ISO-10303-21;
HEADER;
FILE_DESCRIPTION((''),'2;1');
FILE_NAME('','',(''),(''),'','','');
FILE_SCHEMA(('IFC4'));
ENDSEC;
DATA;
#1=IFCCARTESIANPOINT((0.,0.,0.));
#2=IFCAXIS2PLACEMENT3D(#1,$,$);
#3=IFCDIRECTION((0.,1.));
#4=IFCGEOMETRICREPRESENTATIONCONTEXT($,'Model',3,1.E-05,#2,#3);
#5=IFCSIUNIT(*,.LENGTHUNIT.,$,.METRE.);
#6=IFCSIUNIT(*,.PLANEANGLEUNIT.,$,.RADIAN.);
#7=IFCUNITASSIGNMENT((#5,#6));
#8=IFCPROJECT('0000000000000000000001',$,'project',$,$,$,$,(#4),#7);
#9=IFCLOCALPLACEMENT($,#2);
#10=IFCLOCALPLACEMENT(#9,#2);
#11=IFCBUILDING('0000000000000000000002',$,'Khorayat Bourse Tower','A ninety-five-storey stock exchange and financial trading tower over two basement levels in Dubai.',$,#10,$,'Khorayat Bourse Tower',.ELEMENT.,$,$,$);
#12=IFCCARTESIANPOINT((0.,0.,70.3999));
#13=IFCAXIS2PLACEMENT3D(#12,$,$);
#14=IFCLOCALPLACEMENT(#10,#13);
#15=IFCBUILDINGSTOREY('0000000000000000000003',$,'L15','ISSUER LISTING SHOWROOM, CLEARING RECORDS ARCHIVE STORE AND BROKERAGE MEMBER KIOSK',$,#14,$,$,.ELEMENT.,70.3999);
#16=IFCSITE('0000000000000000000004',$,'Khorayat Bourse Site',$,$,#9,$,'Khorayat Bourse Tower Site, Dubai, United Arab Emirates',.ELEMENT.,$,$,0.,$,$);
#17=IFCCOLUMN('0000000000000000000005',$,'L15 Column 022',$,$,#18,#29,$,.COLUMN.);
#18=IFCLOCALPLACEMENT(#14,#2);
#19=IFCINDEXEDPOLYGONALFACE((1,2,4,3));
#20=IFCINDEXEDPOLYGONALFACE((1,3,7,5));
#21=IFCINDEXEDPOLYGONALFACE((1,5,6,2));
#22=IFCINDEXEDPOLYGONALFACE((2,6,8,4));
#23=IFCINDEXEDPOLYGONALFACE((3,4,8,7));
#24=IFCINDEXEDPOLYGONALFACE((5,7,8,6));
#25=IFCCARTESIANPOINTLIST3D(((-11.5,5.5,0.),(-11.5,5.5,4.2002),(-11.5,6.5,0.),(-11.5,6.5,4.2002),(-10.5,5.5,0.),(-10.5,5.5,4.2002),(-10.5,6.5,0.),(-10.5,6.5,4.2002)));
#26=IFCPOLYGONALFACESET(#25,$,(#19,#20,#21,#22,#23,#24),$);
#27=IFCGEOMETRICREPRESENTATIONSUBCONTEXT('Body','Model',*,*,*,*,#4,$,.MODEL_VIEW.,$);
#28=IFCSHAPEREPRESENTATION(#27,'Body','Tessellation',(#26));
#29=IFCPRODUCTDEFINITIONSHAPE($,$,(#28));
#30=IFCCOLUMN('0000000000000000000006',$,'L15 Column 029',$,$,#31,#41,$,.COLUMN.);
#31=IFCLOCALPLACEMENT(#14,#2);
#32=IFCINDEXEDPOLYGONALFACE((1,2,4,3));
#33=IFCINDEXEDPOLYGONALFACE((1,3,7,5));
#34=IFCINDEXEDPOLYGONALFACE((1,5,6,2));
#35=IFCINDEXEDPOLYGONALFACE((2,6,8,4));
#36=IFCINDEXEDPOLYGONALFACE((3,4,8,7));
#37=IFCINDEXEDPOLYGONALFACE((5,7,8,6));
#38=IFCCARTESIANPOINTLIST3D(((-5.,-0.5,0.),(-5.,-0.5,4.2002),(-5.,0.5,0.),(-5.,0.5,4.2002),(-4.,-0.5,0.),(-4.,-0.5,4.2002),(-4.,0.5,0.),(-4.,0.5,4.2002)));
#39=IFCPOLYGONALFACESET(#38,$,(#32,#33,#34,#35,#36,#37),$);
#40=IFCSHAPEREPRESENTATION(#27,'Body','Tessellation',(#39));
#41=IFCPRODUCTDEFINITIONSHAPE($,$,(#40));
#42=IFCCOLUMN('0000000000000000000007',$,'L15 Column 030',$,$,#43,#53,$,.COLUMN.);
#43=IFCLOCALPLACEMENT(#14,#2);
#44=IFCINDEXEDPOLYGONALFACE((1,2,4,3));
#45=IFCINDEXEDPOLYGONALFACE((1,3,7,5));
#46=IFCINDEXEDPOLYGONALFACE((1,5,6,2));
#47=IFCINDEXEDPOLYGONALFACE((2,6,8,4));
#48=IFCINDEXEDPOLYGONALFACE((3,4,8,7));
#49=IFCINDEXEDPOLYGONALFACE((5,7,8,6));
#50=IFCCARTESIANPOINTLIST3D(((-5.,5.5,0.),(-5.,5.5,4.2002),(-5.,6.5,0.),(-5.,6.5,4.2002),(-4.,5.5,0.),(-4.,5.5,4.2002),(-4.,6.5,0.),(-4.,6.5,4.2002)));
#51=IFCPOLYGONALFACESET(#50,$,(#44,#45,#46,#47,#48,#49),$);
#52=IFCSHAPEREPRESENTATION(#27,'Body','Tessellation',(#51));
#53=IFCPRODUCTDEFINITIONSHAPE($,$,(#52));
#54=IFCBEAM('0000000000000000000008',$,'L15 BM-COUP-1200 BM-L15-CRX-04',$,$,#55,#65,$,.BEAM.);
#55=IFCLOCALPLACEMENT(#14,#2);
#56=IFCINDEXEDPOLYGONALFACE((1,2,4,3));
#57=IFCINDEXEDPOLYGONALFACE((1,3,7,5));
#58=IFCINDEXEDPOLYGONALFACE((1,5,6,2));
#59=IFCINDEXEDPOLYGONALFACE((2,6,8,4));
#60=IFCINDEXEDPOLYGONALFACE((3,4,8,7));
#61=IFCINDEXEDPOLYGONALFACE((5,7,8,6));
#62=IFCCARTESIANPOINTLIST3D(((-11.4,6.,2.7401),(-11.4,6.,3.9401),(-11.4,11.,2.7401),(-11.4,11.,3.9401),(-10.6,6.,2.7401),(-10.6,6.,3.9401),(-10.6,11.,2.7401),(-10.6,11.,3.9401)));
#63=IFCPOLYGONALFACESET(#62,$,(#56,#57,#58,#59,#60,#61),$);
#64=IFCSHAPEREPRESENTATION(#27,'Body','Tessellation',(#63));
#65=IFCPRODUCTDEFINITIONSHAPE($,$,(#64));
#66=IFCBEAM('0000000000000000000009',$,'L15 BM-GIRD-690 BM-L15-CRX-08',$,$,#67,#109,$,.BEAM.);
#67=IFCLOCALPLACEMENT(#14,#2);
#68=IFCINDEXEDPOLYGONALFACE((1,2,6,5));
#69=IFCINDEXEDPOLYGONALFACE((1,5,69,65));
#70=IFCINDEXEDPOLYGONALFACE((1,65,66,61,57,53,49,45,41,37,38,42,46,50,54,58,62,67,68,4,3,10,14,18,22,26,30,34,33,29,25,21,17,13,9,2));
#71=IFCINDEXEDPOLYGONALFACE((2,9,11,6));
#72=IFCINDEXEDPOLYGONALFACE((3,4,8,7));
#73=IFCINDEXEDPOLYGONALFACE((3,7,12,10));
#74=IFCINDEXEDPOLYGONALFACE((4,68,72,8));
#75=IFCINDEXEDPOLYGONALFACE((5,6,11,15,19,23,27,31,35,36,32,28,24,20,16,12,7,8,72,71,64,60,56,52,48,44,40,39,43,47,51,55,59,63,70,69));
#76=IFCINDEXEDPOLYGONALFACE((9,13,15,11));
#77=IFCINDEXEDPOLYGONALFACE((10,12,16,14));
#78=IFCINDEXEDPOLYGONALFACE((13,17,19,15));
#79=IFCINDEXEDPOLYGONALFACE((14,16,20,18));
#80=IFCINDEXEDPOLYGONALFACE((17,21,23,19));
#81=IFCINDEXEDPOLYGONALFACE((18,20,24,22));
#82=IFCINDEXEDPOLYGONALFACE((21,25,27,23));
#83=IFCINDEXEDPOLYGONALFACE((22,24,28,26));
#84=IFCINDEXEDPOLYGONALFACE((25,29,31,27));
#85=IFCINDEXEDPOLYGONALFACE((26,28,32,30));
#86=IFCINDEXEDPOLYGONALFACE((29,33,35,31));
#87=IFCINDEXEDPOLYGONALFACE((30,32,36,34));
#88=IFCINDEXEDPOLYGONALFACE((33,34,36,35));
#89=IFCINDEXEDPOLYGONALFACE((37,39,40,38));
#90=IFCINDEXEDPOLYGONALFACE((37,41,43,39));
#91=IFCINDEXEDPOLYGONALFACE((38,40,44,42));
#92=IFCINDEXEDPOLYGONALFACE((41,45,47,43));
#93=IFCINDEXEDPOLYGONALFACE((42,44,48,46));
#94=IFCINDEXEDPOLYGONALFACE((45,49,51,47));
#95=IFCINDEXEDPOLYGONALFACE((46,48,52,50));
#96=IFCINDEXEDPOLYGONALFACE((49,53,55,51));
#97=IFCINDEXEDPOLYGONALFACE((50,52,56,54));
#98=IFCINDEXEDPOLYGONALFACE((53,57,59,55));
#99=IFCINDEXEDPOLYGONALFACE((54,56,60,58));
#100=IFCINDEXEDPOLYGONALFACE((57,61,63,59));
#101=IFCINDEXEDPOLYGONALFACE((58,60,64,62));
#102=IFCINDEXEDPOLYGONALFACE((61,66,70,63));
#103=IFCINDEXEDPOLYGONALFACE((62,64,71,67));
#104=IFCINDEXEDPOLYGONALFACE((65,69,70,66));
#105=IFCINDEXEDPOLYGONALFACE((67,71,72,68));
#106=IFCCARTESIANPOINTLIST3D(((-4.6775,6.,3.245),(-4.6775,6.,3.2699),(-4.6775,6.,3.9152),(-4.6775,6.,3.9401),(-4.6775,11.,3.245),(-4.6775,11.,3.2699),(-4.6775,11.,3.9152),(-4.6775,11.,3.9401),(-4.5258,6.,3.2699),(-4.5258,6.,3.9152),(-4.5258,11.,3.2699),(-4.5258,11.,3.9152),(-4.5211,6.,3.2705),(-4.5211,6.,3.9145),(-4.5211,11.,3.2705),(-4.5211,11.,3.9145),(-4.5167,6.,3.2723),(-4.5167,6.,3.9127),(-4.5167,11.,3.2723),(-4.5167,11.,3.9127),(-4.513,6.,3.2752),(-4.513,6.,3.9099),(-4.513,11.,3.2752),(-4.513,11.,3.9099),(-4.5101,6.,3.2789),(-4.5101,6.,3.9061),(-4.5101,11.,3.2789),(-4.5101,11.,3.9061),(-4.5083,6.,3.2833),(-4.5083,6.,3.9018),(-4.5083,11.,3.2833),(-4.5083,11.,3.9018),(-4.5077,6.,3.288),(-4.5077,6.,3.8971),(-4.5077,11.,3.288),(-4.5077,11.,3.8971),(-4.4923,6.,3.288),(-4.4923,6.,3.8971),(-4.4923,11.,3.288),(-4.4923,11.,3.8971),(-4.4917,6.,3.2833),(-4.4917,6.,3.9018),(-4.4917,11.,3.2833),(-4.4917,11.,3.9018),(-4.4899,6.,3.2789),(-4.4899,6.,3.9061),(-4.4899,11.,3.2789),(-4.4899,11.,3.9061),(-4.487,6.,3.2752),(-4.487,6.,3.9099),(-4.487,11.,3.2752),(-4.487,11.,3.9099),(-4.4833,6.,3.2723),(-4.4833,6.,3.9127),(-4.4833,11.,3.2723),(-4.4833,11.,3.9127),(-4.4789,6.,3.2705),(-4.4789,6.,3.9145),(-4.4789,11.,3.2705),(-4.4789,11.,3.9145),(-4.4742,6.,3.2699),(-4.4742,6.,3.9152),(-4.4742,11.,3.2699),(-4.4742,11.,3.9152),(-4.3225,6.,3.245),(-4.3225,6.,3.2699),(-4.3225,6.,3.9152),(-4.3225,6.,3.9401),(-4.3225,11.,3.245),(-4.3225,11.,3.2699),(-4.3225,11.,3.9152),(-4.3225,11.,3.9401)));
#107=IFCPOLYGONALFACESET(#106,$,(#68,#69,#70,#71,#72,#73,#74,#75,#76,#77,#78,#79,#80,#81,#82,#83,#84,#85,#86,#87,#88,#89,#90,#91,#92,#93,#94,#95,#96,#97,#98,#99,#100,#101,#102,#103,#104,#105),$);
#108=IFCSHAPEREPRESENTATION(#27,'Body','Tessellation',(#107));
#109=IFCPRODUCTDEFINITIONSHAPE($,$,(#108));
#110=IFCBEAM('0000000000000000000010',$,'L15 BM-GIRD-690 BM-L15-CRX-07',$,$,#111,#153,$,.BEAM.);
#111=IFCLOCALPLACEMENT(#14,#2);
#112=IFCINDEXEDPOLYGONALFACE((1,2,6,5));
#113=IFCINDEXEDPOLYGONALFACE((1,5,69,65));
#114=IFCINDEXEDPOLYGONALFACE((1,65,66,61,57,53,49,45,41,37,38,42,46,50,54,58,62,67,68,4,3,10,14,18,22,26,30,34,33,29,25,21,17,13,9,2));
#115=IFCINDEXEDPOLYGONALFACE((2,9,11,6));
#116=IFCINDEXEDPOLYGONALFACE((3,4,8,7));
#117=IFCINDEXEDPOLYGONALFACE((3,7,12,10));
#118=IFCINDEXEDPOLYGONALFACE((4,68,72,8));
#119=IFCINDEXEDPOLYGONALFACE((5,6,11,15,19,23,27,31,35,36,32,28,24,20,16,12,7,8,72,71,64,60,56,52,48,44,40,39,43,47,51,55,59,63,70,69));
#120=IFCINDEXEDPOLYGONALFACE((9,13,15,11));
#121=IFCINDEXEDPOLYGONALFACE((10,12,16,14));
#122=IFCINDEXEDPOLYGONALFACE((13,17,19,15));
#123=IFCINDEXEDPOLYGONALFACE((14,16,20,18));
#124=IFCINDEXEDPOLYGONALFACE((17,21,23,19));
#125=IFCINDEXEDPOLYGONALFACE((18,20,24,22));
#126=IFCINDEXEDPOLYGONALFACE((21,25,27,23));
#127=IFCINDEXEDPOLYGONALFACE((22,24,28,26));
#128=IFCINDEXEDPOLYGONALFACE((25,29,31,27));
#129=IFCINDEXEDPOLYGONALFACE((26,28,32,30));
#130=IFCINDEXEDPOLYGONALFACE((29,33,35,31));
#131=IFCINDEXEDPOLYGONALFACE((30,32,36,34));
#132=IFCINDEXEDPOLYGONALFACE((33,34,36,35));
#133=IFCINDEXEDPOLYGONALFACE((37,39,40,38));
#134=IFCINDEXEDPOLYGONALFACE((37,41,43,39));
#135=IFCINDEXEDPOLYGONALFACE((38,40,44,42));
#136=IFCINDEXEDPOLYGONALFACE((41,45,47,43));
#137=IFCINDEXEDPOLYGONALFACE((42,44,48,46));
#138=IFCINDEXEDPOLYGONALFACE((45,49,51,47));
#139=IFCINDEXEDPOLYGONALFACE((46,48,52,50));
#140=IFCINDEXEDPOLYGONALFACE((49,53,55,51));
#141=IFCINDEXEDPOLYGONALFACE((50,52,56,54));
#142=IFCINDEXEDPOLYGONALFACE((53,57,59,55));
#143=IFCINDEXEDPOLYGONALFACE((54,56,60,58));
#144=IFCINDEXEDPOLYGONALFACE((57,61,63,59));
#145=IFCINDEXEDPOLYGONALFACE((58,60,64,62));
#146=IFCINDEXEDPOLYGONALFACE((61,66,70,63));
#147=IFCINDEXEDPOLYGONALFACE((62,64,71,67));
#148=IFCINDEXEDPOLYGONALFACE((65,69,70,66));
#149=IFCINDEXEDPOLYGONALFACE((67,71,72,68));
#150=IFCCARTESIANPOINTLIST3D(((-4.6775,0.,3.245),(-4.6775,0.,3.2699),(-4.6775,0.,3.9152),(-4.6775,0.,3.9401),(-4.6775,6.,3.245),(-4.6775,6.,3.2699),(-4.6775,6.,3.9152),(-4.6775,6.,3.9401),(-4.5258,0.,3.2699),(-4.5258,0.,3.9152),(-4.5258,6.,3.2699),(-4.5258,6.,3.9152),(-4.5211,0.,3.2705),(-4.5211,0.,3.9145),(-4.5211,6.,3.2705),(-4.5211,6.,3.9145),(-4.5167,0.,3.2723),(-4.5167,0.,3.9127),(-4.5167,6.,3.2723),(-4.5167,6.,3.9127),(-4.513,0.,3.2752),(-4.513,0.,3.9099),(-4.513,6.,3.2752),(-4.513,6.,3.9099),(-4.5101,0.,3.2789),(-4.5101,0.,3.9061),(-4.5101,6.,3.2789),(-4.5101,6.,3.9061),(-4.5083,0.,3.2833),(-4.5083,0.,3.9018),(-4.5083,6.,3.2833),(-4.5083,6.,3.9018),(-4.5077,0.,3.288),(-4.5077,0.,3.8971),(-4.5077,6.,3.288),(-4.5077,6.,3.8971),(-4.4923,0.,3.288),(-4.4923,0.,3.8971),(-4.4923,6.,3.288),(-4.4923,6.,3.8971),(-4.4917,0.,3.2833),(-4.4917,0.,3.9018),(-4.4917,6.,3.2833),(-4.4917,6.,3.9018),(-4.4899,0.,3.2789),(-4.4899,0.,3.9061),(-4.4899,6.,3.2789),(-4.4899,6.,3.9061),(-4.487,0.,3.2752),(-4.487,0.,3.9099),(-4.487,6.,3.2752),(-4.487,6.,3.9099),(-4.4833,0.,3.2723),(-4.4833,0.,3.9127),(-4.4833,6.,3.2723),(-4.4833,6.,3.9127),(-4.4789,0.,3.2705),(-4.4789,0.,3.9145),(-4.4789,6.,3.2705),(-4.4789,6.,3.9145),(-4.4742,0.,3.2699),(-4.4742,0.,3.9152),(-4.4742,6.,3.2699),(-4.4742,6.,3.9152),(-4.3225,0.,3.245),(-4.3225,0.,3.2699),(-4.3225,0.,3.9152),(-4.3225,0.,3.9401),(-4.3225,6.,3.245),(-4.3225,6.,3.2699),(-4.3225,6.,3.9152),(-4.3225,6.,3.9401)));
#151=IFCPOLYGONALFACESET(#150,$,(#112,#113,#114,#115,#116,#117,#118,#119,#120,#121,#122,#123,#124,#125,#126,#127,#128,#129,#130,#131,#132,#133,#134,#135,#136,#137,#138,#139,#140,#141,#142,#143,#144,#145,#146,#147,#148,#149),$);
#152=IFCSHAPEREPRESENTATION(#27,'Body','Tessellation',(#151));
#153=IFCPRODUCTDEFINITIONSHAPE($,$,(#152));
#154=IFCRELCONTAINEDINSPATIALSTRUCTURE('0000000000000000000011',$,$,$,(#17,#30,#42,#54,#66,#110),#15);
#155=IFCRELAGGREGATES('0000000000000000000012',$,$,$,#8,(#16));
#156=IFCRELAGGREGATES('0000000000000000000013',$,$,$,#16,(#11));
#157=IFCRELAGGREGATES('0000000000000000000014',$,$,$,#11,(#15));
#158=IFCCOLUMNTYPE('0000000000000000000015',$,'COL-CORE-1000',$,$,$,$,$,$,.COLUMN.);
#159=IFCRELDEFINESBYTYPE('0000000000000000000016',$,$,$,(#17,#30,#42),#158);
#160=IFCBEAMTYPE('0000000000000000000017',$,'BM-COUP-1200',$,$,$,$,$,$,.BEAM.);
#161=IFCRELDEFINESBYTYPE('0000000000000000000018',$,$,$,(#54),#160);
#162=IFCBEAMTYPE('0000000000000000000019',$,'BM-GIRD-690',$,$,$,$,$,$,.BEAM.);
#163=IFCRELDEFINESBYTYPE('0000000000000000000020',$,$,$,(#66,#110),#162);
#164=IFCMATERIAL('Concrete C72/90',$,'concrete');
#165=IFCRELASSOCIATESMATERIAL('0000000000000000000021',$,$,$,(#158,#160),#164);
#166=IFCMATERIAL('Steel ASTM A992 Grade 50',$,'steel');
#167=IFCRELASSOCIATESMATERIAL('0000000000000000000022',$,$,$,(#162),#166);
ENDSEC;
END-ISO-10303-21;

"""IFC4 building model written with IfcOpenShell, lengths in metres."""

from ifc_helpers import new_model, si_unit, direction, frame, origin, origin_2d, place, context, subcontext, project, spatial, rectangle, i_section, extrude, source, transform, mapped, material, material_profile, profile_set, type_object, element, save


model = new_model("IFC4")

# Units and contexts
model_context = context("Model", 3, precision=1e-05, world=origin(), true_north=direction((0.0, 1.0)))
body_context = subcontext(model_context, "Body", "Model", "MODEL_VIEW")
ifc_project = project(units=[si_unit("LENGTHUNIT", "METRE"), si_unit("PLANEANGLEUNIT", "RADIAN")], contexts=[model_context])

# Site, building, storey
site_placement = place(None, origin())
site = spatial("IfcSite", under=ifc_project, at=site_placement, Name="Khorayat Bourse Site", LongName="Khorayat Bourse Tower Site, Dubai, United Arab Emirates", CompositionType="ELEMENT", RefElevation=0.0)
building_placement = place(site_placement, origin())
building = spatial("IfcBuilding", under=site, at=building_placement, Name="Khorayat Bourse Tower", Description="A ninety-five-storey stock exchange and financial trading tower over two basement levels in Dubai.", LongName="Khorayat Bourse Tower", CompositionType="ELEMENT")
storey_placement = place(building_placement, frame((0.0, 0.0, 70.3999)))
storey = spatial("IfcBuildingStorey", under=building, at=storey_placement, Name="L15", Description="ISSUER LISTING SHOWROOM, CLEARING RECORDS ARCHIVE STORE AND BROKERAGE MEMBER KIOSK", CompositionType="ELEMENT", Elevation=70.3999)

# Columns
ifc_material_1 = material(Name="Concrete C72/90", Category="concrete")
ifc_material_profile_1 = material_profile(ifc_material_1, rectangle(XDim=1.0, YDim=1.0, at=origin_2d()), Name="RC 1000x1000")
ifc_profile_set_1 = profile_set([ifc_material_profile_1], Name="Concrete C72/90")
column_type = type_object("IfcColumnType", Name="COL-CORE-1000", PredefinedType="COLUMN", material=ifc_profile_set_1)
shared_shape_1 = source(origin(), body_context, "Body", "SweptSolid", [
    extrude(rectangle(XDim=1.0, YDim=1.0, at=origin_2d()), origin(), (0.0, 0.0, 1.0), 4.2002),
])
for number, where, z_axis, x_axis, name in (
    (1, (-11.0, 6.0, 0.0), (0.0, 0.0, 1.0), (1.0, 0.0, 0.0), "L15 Column 022"),
    (2, (-4.5, 0.0, 0.0), (0.0, 0.0, 1.0), (1.0, 0.0, 0.0), "L15 Column 029"),
    (3, (-4.5, 6.0, 0.0), (0.0, 0.0, 1.0), (1.0, 0.0, 0.0), "L15 Column 030"),
):
    element("IfcColumn", number, at=place(storey_placement, frame(where, z_axis=z_axis, x_axis=x_axis)), inside=storey, type_object=column_type, Name=name, PredefinedType="COLUMN", context=body_context, shape_type="MappedRepresentation", body=[
        mapped(shared_shape_1, transform((0.0, 0.0, 0.0), scale=1.0)),
    ])

# Beams
ifc_material_profile_2 = material_profile(ifc_material_1, rectangle(XDim=0.8, YDim=1.2, at=origin_2d()), Name="RC 800x1200")
ifc_profile_set_2 = profile_set([ifc_material_profile_2], Name="Concrete C72/90")
beam_type_1 = type_object("IfcBeamType", Name="BM-COUP-1200", PredefinedType="BEAM", material=ifc_profile_set_2)
shared_shape_2 = source(origin(), body_context, "Body", "SweptSolid", [
    extrude(rectangle(XDim=0.8, YDim=1.2, at=origin_2d()), origin(), (0.0, 0.0, 1.0), 5.0),
])
beam_1_placement = place(storey_placement, frame((-11.0, 6.0, 3.3401), z_axis=(0.0, 1.0, 0.0), x_axis=(-1.0, 0.0, 0.0)))
element("IfcBeam", 4, at=beam_1_placement, inside=storey, type_object=beam_type_1, Name="L15 BM-COUP-1200 BM-L15-CRX-04", PredefinedType="BEAM", context=body_context, shape_type="MappedRepresentation", body=[
    mapped(shared_shape_2, transform((0.0, 0.0, 0.0), scale=1.0)),
])
ifc_material_2 = material(Name="Steel ASTM A992 Grade 50", Category="steel")
ifc_material_profile_3 = material_profile(ifc_material_2, i_section(OverallWidth=0.355, OverallDepth=0.6951, WebThickness=0.0154, FlangeThickness=0.0249, FilletRadius=0.0181, at=origin_2d()), Name="W690X217")
ifc_profile_set_3 = profile_set([ifc_material_profile_3], Name="Steel ASTM A992 Grade 50")
beam_type_2 = type_object("IfcBeamType", Name="BM-GIRD-690", PredefinedType="BEAM", material=ifc_profile_set_3)
shared_shape_3 = source(origin(), body_context, "Body", "SweptSolid", [
    extrude(i_section(OverallWidth=0.355, OverallDepth=0.6951, WebThickness=0.0154, FlangeThickness=0.0249, FilletRadius=0.0181, at=origin_2d()), origin(), (0.0, 0.0, 1.0), 5.0),
])
beam_2_placement = place(storey_placement, frame((-4.5, 6.0, 3.5925), z_axis=(0.0, 1.0, 0.0), x_axis=(-1.0, 0.0, 0.0)))
element("IfcBeam", 5, at=beam_2_placement, inside=storey, type_object=beam_type_2, Name="L15 BM-GIRD-690 BM-L15-CRX-08", PredefinedType="BEAM", context=body_context, shape_type="MappedRepresentation", body=[
    mapped(shared_shape_3, transform((0.0, 0.0, 0.0), scale=1.0)),
])
shared_shape_4 = source(origin(), body_context, "Body", "SweptSolid", [
    extrude(i_section(OverallWidth=0.355, OverallDepth=0.6951, WebThickness=0.0154, FlangeThickness=0.0249, FilletRadius=0.0181, at=origin_2d()), origin(), (0.0, 0.0, 1.0), 6.0),
])
beam_3_placement = place(storey_placement, frame((-4.5, 0.0, 3.5925), z_axis=(0.0, 1.0, 0.0), x_axis=(-1.0, 0.0, 0.0)))
element("IfcBeam", 6, at=beam_3_placement, inside=storey, type_object=beam_type_2, Name="L15 BM-GIRD-690 BM-L15-CRX-07", PredefinedType="BEAM", context=body_context, shape_type="MappedRepresentation", body=[
    mapped(shared_shape_4, transform((0.0, 0.0, 0.0), scale=1.0)),
])

save(model, "model.ifc")
